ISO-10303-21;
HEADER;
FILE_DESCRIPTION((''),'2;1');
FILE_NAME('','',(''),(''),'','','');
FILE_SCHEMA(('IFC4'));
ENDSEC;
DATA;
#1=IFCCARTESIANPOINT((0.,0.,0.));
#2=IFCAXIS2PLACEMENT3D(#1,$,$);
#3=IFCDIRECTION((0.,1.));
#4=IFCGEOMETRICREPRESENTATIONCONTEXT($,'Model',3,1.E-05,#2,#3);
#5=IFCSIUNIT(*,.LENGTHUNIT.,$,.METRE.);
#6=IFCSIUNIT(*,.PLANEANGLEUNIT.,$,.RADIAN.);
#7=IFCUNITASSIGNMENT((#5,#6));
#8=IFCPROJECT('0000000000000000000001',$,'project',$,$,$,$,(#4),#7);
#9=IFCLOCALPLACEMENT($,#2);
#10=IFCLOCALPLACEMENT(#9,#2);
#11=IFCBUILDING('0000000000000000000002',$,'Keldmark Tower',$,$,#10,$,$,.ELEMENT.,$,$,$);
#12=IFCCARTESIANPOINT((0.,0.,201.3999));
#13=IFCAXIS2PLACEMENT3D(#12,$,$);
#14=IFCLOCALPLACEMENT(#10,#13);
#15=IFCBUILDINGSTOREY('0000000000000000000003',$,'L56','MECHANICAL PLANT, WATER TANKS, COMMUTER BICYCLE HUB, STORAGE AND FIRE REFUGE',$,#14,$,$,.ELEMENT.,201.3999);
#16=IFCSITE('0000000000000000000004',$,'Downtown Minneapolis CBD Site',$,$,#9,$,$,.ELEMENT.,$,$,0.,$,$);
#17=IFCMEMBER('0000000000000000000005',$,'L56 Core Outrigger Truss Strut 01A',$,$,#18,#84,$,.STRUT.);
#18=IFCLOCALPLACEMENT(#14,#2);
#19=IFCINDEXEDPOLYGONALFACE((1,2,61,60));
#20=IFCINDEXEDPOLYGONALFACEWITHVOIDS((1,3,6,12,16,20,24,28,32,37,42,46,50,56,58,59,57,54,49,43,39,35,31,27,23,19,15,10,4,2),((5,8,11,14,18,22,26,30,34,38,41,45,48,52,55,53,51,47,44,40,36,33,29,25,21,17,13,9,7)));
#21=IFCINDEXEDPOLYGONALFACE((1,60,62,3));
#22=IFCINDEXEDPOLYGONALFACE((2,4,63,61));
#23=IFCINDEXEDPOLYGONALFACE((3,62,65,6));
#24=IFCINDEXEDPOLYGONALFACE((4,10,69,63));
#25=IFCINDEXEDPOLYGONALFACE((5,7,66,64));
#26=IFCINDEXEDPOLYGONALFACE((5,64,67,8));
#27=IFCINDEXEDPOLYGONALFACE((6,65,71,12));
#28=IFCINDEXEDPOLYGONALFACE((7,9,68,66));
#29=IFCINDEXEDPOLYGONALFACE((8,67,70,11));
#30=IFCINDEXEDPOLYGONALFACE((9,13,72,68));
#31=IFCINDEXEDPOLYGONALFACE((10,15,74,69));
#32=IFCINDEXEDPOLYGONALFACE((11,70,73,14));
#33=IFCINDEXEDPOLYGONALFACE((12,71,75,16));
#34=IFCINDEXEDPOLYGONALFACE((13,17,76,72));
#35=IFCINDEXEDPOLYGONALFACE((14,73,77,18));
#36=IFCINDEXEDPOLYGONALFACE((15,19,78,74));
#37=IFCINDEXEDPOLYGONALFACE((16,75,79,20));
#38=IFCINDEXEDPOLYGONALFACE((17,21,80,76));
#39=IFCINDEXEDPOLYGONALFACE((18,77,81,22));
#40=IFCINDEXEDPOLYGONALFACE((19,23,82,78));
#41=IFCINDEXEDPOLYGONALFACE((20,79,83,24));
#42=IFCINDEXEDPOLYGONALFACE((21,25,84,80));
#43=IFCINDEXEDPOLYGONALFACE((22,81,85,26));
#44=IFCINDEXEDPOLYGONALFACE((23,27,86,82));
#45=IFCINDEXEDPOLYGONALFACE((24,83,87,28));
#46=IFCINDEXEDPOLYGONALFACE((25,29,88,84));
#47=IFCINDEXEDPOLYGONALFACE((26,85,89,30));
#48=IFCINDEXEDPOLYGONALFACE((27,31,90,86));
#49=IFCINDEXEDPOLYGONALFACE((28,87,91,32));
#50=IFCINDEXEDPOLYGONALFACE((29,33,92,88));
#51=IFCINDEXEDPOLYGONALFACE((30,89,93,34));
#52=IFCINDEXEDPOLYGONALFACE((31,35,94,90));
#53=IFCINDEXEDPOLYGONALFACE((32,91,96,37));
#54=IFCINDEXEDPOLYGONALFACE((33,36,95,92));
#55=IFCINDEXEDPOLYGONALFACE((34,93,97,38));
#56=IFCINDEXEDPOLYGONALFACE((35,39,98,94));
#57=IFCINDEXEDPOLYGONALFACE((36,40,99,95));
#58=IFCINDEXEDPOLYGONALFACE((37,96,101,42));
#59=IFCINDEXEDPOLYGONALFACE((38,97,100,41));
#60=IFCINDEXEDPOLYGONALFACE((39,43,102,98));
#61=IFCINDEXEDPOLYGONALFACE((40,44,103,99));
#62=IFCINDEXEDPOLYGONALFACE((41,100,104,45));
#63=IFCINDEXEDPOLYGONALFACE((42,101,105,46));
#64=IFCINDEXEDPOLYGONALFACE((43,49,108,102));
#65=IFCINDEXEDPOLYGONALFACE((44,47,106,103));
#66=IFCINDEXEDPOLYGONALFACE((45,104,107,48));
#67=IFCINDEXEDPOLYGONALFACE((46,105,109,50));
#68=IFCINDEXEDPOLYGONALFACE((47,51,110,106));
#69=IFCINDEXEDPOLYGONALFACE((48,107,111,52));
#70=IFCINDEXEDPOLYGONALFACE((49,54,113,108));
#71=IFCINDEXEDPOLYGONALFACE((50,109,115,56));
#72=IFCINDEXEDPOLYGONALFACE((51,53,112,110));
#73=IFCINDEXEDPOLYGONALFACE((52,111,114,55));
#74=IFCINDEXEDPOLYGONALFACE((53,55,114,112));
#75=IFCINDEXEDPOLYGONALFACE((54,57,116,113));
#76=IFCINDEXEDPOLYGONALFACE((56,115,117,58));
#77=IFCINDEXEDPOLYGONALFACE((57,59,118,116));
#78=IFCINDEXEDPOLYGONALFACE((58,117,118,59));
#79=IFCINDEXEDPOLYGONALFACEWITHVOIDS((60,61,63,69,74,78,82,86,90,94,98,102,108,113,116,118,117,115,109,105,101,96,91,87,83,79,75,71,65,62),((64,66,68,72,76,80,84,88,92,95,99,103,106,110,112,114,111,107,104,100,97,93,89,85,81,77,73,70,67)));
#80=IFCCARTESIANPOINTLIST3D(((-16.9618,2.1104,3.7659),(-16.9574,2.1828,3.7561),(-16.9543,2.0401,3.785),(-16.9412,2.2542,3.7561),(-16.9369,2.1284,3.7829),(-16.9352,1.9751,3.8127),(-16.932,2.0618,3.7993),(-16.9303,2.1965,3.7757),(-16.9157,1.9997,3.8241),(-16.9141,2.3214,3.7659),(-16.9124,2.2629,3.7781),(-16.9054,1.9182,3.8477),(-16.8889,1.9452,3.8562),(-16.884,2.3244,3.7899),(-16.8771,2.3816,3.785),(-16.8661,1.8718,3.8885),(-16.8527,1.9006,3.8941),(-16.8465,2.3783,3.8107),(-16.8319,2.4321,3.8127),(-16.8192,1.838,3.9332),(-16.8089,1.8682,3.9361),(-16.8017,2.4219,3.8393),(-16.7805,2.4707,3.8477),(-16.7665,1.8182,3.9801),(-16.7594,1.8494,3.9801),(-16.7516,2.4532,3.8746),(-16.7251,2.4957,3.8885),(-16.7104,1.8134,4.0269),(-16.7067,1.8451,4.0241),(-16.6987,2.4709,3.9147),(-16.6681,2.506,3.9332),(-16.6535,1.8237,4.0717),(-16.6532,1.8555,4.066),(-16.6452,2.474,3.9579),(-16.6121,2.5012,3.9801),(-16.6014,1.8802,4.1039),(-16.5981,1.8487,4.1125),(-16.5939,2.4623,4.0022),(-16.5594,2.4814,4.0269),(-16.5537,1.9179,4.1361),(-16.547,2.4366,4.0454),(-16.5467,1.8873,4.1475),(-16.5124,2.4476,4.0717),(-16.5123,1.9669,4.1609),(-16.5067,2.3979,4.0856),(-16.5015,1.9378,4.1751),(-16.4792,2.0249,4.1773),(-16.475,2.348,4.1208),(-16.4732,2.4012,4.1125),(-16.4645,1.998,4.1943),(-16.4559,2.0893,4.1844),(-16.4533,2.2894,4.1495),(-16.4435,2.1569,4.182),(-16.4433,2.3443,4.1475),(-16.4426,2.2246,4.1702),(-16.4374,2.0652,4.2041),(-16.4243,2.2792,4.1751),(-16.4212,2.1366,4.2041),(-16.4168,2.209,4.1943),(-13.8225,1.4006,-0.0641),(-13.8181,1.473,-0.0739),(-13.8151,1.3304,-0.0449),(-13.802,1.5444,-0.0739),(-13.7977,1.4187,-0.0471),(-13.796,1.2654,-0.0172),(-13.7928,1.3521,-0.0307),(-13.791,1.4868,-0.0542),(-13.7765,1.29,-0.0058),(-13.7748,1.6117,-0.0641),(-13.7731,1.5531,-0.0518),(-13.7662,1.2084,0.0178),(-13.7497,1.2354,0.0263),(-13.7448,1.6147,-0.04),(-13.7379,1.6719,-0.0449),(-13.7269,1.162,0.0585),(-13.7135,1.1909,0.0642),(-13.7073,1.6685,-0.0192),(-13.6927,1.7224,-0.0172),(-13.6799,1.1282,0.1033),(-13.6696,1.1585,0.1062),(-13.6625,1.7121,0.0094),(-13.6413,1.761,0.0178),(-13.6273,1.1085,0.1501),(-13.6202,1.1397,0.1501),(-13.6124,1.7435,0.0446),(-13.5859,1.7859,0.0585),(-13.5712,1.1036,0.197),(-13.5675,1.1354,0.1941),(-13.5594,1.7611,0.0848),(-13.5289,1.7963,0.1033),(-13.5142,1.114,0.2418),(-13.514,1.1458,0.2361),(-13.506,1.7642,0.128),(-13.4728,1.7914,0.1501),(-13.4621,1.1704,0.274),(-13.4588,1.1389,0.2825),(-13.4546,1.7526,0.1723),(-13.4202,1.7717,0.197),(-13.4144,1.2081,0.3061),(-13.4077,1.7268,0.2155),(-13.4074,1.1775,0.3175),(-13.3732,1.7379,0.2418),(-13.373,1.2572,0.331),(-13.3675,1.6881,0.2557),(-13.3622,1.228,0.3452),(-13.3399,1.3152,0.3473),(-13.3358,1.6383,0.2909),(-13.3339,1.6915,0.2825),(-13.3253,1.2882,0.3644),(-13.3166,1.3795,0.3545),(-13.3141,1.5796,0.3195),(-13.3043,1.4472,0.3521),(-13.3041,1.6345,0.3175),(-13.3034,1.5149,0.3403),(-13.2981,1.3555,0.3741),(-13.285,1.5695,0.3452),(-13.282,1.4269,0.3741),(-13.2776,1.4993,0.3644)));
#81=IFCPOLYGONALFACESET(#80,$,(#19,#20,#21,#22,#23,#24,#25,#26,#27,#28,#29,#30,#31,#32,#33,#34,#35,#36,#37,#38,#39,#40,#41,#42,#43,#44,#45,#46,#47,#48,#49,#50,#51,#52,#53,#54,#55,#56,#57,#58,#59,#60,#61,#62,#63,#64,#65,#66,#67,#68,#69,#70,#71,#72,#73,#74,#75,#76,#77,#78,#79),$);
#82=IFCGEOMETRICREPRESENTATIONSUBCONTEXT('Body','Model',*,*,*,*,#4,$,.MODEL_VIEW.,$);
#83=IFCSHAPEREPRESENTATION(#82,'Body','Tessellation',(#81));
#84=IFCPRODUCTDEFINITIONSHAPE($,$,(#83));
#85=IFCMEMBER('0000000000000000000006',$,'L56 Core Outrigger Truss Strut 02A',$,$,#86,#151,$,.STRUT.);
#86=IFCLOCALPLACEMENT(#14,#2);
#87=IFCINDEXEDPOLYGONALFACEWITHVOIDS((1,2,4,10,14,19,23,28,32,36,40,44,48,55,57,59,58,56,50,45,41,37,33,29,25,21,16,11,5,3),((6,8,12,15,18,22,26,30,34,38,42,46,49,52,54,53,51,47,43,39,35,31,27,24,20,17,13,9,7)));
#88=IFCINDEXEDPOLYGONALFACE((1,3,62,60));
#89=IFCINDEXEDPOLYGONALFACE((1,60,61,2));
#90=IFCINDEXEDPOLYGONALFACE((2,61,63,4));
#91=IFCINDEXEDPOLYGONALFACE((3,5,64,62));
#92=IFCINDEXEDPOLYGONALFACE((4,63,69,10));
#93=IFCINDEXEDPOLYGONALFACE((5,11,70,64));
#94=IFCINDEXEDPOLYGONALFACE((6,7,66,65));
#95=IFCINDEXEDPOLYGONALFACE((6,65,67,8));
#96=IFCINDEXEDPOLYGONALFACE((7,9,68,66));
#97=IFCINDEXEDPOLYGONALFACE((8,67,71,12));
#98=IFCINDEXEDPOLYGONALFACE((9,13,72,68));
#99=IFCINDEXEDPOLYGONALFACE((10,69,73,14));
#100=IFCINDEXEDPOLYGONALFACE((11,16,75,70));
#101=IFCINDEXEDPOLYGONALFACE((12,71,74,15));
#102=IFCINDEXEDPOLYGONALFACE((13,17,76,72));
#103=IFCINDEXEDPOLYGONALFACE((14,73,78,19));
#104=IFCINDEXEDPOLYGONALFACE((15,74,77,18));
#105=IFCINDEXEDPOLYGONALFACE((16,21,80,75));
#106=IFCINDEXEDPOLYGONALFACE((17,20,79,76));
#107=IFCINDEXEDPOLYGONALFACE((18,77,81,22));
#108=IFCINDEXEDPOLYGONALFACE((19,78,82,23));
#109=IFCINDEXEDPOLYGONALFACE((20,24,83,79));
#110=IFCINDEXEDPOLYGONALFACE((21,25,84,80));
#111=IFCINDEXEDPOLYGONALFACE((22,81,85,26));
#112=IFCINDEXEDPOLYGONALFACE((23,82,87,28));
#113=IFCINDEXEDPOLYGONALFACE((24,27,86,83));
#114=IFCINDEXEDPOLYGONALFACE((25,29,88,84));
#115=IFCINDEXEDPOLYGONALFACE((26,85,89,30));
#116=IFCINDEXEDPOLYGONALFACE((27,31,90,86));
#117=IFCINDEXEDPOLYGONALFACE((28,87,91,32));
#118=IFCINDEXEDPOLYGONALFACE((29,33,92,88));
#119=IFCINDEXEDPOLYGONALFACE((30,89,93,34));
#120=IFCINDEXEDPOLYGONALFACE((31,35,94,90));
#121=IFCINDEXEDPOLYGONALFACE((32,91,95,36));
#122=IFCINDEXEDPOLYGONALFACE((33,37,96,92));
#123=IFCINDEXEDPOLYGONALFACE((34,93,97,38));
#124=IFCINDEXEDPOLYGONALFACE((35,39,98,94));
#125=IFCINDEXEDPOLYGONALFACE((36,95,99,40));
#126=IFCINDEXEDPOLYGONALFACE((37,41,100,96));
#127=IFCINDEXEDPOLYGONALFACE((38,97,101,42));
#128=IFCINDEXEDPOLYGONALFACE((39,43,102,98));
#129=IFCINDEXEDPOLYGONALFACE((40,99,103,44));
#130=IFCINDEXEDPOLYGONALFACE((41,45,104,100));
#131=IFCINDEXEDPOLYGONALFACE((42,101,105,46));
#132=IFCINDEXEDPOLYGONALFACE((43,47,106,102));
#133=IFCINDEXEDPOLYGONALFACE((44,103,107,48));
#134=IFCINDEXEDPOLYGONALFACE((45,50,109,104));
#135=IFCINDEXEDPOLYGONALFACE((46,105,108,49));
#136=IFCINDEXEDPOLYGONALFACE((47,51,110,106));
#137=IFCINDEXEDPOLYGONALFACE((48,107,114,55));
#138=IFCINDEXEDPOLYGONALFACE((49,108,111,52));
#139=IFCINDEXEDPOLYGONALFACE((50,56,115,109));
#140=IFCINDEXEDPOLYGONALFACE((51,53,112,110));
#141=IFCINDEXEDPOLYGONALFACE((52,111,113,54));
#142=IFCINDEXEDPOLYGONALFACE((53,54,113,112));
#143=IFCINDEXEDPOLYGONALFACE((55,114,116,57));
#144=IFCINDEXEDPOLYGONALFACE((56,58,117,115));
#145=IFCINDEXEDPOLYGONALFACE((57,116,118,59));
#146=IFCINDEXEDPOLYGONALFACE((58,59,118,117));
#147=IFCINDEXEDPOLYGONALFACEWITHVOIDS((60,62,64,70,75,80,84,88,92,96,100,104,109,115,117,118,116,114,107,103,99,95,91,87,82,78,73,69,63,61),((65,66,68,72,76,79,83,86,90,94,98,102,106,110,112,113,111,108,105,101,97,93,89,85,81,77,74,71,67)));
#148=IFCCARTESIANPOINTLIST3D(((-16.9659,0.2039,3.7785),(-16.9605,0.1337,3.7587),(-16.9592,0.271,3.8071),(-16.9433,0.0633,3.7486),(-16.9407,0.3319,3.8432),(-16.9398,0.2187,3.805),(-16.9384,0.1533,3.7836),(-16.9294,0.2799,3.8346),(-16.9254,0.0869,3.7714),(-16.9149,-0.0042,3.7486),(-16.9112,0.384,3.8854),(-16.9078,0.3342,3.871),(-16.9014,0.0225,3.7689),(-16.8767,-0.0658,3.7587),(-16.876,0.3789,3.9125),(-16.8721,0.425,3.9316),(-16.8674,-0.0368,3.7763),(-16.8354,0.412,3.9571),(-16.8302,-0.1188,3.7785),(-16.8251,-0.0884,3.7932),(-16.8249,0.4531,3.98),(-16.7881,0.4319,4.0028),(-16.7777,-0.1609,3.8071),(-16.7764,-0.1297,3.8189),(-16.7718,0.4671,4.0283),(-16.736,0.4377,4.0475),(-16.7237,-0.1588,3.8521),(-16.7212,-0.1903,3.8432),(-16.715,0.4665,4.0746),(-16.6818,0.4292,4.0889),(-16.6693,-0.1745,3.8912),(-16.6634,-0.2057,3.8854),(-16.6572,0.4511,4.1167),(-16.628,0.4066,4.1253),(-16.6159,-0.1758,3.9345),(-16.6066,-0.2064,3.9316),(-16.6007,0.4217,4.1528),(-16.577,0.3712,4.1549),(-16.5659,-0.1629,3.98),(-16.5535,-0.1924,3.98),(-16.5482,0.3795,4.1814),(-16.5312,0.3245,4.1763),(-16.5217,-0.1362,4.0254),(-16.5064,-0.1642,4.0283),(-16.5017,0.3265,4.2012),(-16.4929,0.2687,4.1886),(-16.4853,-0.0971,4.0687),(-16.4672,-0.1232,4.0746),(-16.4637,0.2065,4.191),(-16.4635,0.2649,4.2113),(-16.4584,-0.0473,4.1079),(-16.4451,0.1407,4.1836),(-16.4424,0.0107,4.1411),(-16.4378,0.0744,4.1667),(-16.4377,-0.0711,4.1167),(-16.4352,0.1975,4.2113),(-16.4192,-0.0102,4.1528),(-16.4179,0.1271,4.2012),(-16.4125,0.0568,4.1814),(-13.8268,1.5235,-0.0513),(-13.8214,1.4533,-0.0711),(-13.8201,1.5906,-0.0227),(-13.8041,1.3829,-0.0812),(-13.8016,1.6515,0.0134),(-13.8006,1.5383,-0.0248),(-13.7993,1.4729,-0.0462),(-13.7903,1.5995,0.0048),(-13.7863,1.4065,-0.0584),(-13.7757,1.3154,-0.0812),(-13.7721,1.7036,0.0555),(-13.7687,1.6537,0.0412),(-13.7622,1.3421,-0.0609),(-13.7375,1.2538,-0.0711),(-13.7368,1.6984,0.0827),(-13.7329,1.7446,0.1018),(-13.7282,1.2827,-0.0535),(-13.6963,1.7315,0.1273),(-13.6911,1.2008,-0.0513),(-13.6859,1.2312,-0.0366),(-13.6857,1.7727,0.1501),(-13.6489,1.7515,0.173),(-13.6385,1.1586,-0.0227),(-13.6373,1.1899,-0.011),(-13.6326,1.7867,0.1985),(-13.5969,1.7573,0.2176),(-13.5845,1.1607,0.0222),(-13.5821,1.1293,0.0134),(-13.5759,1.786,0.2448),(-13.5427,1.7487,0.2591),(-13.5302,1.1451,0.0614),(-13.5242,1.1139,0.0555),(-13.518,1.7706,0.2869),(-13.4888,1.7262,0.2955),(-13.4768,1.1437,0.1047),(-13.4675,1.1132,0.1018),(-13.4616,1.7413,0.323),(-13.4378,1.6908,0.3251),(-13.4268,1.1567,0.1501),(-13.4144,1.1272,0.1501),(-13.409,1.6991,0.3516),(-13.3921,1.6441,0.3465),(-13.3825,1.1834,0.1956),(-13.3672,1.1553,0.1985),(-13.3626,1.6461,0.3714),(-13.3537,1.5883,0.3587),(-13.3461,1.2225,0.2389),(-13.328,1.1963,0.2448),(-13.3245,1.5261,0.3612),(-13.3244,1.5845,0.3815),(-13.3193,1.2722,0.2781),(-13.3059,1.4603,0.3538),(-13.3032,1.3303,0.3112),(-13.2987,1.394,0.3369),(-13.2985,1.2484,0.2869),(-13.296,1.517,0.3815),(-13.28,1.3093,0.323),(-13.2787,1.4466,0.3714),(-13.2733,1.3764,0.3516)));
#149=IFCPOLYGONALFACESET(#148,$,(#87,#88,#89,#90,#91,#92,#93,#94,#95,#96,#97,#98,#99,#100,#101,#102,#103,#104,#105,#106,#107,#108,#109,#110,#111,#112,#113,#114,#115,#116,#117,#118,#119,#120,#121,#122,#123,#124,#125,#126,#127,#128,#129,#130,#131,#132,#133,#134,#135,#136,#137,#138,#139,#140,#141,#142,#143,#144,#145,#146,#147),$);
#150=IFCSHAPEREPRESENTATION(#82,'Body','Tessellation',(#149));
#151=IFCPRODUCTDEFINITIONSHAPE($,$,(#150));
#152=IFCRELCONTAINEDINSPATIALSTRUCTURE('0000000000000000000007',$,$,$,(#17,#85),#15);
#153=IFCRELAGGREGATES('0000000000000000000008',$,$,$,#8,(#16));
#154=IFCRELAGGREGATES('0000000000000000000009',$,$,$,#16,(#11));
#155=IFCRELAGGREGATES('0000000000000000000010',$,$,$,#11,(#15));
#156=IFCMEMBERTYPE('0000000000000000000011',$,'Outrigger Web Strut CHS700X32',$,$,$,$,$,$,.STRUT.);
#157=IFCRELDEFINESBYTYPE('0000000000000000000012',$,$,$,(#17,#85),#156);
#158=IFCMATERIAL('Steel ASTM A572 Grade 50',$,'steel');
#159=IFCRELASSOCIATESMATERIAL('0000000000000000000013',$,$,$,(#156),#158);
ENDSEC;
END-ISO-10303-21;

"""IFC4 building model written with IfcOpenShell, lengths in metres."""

from ifc_helpers import new_model, si_unit, direction, frame, origin, origin_2d, place, context, subcontext, project, spatial, hollow_circle, extrude, material, material_profile, profile_set, type_object, element, save


model = new_model("IFC4")

# Units and contexts
model_context = context("Model", 3, precision=1e-05, world=origin(), true_north=direction((0.0, 1.0)))
body_context = subcontext(model_context, "Body", "Model", "MODEL_VIEW")
ifc_project = project(units=[si_unit("LENGTHUNIT", "METRE"), si_unit("PLANEANGLEUNIT", "RADIAN")], contexts=[model_context])

# Site, building, storey
site_placement = place(None, origin())
site = spatial("IfcSite", under=ifc_project, at=site_placement, Name="Downtown Minneapolis CBD Site", CompositionType="ELEMENT", RefElevation=0.0)
building_placement = place(site_placement, origin())
building = spatial("IfcBuilding", under=site, at=building_placement, Name="Keldmark Tower", CompositionType="ELEMENT")
storey_placement = place(building_placement, frame((0.0, 0.0, 201.3999)))
storey = spatial("IfcBuildingStorey", under=building, at=storey_placement, Name="L56", Description="MECHANICAL PLANT, WATER TANKS, COMMUTER BICYCLE HUB, STORAGE AND FIRE REFUGE", CompositionType="ELEMENT", Elevation=201.3999)

# Members
ifc_material_1 = material(Name="Steel ASTM A572 Grade 50", Category="steel")
ifc_material_profile_1 = material_profile(ifc_material_1, hollow_circle(Radius=0.3501, WallThickness=0.032, at=origin_2d()), Name="CHS700X32")
ifc_profile_set_1 = profile_set([ifc_material_profile_1], Name="Steel ASTM A572 Grade 50")
member_type_1 = type_object("IfcMemberType", Name="Outrigger Web Strut CHS700X32", PredefinedType="STRUT", material=ifc_profile_set_1)
member_1_placement = place(storey_placement, frame((-13.55, 1.45, 0.1501), z_axis=(-0.62751, 0.141871, 0.765574), x_axis=(-0.220519, -0.975383, 0.0)))
element("IfcMember", 1, at=member_1_placement, inside=storey, type_object=member_type_1, Name="L56 Core Outrigger Truss Strut 01A", PredefinedType="STRUT", context=body_context, shape_type="SweptSolid", body=[
    extrude(hollow_circle(Radius=0.3501, WallThickness=0.032, at=origin_2d()), origin(), (0.0, 0.0, 1.0), 5.0027),
])
for number, where, z_axis, x_axis, name in (
    (2, (-13.55, 1.45, 0.1501), (-0.612547, -0.257491, 0.747319), (0.387515, -0.921863, 0.0), "L56 Core Outrigger Truss Strut 02A"),
):
    element("IfcMember", number, at=place(storey_placement, frame(where, z_axis=z_axis, x_axis=x_axis)), inside=storey, type_object=member_type_1, Name=name, PredefinedType="STRUT", context=body_context, shape_type="SweptSolid", body=[
        extrude(hollow_circle(Radius=0.3501, WallThickness=0.032, at=origin_2d()), origin(), (0.0, 0.0, 1.0), 5.1248),
    ])

save(model, "model.ifc")
